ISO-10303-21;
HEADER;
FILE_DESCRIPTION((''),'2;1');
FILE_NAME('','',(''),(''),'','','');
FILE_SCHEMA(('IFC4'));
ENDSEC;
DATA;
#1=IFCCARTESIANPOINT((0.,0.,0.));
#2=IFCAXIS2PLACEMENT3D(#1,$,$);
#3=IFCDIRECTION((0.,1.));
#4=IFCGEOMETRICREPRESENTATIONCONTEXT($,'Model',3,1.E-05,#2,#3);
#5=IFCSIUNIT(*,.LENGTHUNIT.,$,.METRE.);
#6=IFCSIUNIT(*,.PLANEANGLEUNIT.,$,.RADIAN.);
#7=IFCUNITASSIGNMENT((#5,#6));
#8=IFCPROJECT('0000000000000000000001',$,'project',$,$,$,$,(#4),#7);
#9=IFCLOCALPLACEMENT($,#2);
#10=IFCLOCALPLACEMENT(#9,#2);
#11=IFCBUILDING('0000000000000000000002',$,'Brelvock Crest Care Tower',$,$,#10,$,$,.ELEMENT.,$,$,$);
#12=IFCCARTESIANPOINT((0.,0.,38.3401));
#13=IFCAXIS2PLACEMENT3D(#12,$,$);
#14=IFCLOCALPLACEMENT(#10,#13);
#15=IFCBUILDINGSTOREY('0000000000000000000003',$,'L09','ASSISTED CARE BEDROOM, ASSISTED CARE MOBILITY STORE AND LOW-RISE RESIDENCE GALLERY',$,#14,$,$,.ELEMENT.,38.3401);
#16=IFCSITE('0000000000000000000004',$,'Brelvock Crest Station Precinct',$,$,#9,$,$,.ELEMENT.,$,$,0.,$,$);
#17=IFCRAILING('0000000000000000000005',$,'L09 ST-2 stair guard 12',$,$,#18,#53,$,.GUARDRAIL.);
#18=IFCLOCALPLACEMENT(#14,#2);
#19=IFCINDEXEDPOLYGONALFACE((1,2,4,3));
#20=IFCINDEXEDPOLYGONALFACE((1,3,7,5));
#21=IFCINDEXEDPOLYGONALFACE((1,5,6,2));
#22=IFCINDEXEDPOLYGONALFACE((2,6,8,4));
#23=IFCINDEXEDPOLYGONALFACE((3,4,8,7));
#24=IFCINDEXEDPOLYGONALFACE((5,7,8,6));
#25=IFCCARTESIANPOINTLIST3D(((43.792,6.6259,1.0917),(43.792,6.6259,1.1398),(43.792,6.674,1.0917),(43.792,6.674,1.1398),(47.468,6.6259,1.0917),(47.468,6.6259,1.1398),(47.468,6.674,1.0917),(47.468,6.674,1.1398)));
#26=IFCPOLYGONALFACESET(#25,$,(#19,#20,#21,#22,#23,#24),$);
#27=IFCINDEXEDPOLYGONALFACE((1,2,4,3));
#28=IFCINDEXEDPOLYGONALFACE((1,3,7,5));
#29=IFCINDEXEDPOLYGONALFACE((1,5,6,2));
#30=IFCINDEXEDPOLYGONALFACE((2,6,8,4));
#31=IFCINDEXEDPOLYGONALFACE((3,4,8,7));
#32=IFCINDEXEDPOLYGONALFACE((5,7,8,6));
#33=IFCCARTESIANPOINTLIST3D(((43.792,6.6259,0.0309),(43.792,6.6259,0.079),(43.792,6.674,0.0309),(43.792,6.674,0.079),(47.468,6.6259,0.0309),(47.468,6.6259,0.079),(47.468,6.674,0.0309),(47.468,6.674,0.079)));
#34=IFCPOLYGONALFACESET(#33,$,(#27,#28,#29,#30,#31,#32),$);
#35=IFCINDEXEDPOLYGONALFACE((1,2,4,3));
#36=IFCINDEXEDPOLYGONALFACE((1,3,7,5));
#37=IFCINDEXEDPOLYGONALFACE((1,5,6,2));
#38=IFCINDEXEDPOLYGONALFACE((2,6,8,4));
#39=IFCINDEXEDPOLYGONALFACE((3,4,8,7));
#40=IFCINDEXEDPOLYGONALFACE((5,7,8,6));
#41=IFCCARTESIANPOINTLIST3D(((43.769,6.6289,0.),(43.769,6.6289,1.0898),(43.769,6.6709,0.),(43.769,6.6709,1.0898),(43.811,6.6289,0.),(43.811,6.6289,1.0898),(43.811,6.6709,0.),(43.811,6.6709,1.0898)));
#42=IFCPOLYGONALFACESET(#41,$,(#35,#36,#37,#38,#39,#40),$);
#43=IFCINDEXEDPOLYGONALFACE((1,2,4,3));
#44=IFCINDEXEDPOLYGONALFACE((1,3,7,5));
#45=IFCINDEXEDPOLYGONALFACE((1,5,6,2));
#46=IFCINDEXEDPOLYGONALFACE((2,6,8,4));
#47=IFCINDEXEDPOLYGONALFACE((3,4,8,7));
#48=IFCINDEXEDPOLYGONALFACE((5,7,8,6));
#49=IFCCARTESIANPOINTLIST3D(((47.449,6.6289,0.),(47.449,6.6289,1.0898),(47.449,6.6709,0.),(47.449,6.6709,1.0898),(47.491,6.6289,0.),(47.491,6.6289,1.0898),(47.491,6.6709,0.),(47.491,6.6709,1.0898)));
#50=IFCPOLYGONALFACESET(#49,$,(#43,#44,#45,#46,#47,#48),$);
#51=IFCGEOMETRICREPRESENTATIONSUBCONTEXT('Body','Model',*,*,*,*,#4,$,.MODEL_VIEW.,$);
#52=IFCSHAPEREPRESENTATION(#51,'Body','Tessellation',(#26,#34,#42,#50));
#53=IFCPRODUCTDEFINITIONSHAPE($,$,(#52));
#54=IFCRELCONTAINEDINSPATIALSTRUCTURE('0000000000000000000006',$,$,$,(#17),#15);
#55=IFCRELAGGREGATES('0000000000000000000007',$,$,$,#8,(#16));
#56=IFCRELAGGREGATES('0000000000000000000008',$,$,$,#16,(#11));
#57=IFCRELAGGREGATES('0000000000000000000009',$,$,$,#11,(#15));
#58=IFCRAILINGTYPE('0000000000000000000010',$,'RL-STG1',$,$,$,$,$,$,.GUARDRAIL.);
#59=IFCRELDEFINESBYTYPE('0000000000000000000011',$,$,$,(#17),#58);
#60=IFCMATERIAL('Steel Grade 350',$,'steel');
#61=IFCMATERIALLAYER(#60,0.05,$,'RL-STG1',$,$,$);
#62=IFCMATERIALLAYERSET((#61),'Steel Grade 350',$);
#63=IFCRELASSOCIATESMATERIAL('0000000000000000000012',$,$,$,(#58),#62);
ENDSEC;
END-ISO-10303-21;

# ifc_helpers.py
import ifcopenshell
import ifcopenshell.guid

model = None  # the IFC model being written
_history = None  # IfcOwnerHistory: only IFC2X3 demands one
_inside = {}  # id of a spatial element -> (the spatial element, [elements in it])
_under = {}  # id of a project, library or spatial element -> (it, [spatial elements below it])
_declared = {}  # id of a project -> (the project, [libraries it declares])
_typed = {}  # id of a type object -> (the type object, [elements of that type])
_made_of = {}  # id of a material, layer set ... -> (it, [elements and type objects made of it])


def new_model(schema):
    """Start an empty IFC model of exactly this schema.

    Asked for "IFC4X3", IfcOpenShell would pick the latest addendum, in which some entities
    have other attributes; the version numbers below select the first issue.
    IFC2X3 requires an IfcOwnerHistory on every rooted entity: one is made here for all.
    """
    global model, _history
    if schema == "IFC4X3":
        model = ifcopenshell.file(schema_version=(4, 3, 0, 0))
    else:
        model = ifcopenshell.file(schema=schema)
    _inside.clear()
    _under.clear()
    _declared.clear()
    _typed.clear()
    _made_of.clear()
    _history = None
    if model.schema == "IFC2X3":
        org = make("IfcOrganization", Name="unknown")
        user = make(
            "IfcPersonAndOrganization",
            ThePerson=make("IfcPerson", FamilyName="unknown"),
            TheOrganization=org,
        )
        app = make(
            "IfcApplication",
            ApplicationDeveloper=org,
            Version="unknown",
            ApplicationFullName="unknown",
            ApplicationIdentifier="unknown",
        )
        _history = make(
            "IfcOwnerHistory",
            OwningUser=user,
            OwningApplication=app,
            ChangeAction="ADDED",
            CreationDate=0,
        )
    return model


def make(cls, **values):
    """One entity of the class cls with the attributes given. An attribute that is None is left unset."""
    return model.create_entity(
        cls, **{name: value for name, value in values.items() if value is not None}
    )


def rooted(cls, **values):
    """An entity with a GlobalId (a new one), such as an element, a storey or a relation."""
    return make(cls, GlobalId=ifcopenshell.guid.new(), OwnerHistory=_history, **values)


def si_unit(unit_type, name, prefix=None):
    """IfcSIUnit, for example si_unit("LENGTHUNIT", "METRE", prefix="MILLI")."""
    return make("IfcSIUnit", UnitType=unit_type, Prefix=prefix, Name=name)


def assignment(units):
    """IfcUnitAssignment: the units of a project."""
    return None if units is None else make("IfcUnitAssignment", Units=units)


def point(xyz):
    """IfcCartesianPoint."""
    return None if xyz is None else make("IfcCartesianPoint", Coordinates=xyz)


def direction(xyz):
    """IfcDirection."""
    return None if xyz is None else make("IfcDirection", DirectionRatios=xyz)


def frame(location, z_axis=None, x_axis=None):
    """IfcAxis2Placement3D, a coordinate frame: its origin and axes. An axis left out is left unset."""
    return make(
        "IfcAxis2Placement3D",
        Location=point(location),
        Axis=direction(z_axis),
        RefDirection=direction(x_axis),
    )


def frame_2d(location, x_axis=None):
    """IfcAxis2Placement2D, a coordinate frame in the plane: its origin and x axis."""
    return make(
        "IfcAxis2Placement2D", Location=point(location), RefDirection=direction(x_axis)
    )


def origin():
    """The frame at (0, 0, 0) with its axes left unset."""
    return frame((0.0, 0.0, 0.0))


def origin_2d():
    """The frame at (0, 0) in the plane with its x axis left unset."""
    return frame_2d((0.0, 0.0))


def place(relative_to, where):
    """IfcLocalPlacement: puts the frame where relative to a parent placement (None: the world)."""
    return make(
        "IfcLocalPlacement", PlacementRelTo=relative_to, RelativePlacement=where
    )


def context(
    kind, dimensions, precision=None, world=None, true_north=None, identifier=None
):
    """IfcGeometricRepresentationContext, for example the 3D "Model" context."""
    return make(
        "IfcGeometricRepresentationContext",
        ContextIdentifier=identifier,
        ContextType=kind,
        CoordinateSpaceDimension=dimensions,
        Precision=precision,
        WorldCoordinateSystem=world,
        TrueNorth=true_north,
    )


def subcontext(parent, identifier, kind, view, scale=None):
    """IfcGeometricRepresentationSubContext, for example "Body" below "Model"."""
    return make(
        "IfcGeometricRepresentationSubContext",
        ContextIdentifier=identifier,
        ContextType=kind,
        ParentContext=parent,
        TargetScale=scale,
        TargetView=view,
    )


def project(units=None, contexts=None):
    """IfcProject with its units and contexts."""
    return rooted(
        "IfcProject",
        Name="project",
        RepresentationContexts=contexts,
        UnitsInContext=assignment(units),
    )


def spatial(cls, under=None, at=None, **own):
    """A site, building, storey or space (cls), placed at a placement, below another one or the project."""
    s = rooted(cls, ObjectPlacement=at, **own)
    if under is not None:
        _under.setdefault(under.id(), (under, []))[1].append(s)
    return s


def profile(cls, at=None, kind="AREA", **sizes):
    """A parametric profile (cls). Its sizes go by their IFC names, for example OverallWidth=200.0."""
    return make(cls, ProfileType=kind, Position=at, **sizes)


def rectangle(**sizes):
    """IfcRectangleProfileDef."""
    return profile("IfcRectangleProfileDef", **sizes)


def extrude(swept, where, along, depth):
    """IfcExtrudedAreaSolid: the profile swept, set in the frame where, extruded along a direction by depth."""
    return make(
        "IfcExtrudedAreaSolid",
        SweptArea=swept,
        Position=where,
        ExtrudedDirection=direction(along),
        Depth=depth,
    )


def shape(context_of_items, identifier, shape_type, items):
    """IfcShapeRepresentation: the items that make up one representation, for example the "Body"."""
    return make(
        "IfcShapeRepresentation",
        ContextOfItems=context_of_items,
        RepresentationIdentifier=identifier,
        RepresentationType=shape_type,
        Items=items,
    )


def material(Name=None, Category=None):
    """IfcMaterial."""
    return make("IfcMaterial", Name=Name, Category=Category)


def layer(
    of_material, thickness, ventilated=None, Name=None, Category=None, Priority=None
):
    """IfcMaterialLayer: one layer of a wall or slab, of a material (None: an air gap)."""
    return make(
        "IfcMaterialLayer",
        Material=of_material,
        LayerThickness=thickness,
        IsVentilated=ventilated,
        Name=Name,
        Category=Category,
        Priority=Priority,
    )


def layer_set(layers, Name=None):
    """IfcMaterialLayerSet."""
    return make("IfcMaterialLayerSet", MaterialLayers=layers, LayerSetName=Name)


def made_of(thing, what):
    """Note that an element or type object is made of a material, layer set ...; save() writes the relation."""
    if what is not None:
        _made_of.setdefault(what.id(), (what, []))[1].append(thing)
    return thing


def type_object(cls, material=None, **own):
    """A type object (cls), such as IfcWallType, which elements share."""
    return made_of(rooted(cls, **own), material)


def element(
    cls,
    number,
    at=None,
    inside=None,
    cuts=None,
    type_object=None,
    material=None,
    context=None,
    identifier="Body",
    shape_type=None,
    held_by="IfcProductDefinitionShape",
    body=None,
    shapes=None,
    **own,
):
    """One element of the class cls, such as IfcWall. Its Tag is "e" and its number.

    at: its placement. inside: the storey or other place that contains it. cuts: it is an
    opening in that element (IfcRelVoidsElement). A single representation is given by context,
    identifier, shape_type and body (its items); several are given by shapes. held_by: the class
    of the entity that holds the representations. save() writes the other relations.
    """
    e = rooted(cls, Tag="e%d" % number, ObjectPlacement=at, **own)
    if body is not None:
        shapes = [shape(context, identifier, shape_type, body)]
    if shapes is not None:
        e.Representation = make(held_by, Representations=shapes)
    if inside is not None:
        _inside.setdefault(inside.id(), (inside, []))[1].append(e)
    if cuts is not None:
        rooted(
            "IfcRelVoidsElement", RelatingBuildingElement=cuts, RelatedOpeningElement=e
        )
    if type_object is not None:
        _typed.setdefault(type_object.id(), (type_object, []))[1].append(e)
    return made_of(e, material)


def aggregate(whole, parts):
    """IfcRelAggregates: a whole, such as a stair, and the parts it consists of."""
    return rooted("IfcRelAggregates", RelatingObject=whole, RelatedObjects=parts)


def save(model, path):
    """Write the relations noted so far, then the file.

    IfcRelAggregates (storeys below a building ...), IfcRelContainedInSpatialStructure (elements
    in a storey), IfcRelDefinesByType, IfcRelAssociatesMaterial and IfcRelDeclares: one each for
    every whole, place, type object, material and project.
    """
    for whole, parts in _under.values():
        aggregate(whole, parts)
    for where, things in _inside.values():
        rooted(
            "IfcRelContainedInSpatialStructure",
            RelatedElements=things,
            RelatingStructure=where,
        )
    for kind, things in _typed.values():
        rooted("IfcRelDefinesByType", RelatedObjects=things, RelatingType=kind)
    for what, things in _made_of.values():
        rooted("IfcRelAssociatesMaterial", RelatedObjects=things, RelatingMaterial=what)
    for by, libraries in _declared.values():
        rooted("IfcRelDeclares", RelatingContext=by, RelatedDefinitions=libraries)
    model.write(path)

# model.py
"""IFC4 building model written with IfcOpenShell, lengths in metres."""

from ifc_helpers import new_model, si_unit, direction, frame, origin, origin_2d, place, context, subcontext, project, spatial, rectangle, extrude, material, layer, layer_set, type_object, element, save


model = new_model("IFC4")

# Units and contexts
model_context = context("Model", 3, precision=1e-05, world=origin(), true_north=direction((0.0, 1.0)))
body_context = subcontext(model_context, "Body", "Model", "MODEL_VIEW")
ifc_project = project(units=[si_unit("LENGTHUNIT", "METRE"), si_unit("PLANEANGLEUNIT", "RADIAN")], contexts=[model_context])

# Site, building, storey
site_placement = place(None, origin())
site = spatial("IfcSite", under=ifc_project, at=site_placement, Name="Brelvock Crest Station Precinct", CompositionType="ELEMENT", RefElevation=0.0)
building_placement = place(site_placement, origin())
building = spatial("IfcBuilding", under=site, at=building_placement, Name="Brelvock Crest Care Tower", CompositionType="ELEMENT")
storey_placement = place(building_placement, frame((0.0, 0.0, 38.3401)))
storey = spatial("IfcBuildingStorey", under=building, at=storey_placement, Name="L09", Description="ASSISTED CARE BEDROOM, ASSISTED CARE MOBILITY STORE AND LOW-RISE RESIDENCE GALLERY", CompositionType="ELEMENT", Elevation=38.3401)

# Shared definitions
ifc_material_1 = material(Name="Steel Grade 350", Category="steel")

# Railing
ifc_layer_1 = layer(ifc_material_1, 0.05, Name="RL-STG1")
ifc_layer_set_1 = layer_set([ifc_layer_1], Name="Steel Grade 350")
railing_type = type_object("IfcRailingType", Name="RL-STG1", PredefinedType="GUARDRAIL", material=ifc_layer_set_1)
railing_1_placement = place(storey_placement, frame((43.79, 6.6499, 0.0)))
element("IfcRailing", 1, at=railing_1_placement, inside=storey, type_object=railing_type, Name="L09 ST-2 stair guard 12", PredefinedType="GUARDRAIL", context=body_context, shape_type="SweptSolid", body=[
    extrude(rectangle(XDim=0.0481, YDim=0.0481, at=origin_2d()), frame((0.002, 0.0, 1.1157), z_axis=(1.0, 0.0, 0.0), x_axis=(0.0, 1.0, 0.0)), (0.0, 0.0, 1.0), 3.676),
    extrude(rectangle(XDim=0.0481, YDim=0.0481, at=origin_2d()), frame((0.002, 0.0, 0.0549), z_axis=(1.0, 0.0, 0.0), x_axis=(0.0, 1.0, 0.0)), (0.0, 0.0, 1.0), 3.676),
    extrude(rectangle(XDim=0.042, YDim=0.042, at=origin_2d()), origin(), (0.0, 0.0, 1.0), 1.0898),
    extrude(rectangle(XDim=0.042, YDim=0.042, at=origin_2d()), frame((3.6799, 0.0, 0.0)), (0.0, 0.0, 1.0), 1.0898),
])

save(model, "model.ifc")
